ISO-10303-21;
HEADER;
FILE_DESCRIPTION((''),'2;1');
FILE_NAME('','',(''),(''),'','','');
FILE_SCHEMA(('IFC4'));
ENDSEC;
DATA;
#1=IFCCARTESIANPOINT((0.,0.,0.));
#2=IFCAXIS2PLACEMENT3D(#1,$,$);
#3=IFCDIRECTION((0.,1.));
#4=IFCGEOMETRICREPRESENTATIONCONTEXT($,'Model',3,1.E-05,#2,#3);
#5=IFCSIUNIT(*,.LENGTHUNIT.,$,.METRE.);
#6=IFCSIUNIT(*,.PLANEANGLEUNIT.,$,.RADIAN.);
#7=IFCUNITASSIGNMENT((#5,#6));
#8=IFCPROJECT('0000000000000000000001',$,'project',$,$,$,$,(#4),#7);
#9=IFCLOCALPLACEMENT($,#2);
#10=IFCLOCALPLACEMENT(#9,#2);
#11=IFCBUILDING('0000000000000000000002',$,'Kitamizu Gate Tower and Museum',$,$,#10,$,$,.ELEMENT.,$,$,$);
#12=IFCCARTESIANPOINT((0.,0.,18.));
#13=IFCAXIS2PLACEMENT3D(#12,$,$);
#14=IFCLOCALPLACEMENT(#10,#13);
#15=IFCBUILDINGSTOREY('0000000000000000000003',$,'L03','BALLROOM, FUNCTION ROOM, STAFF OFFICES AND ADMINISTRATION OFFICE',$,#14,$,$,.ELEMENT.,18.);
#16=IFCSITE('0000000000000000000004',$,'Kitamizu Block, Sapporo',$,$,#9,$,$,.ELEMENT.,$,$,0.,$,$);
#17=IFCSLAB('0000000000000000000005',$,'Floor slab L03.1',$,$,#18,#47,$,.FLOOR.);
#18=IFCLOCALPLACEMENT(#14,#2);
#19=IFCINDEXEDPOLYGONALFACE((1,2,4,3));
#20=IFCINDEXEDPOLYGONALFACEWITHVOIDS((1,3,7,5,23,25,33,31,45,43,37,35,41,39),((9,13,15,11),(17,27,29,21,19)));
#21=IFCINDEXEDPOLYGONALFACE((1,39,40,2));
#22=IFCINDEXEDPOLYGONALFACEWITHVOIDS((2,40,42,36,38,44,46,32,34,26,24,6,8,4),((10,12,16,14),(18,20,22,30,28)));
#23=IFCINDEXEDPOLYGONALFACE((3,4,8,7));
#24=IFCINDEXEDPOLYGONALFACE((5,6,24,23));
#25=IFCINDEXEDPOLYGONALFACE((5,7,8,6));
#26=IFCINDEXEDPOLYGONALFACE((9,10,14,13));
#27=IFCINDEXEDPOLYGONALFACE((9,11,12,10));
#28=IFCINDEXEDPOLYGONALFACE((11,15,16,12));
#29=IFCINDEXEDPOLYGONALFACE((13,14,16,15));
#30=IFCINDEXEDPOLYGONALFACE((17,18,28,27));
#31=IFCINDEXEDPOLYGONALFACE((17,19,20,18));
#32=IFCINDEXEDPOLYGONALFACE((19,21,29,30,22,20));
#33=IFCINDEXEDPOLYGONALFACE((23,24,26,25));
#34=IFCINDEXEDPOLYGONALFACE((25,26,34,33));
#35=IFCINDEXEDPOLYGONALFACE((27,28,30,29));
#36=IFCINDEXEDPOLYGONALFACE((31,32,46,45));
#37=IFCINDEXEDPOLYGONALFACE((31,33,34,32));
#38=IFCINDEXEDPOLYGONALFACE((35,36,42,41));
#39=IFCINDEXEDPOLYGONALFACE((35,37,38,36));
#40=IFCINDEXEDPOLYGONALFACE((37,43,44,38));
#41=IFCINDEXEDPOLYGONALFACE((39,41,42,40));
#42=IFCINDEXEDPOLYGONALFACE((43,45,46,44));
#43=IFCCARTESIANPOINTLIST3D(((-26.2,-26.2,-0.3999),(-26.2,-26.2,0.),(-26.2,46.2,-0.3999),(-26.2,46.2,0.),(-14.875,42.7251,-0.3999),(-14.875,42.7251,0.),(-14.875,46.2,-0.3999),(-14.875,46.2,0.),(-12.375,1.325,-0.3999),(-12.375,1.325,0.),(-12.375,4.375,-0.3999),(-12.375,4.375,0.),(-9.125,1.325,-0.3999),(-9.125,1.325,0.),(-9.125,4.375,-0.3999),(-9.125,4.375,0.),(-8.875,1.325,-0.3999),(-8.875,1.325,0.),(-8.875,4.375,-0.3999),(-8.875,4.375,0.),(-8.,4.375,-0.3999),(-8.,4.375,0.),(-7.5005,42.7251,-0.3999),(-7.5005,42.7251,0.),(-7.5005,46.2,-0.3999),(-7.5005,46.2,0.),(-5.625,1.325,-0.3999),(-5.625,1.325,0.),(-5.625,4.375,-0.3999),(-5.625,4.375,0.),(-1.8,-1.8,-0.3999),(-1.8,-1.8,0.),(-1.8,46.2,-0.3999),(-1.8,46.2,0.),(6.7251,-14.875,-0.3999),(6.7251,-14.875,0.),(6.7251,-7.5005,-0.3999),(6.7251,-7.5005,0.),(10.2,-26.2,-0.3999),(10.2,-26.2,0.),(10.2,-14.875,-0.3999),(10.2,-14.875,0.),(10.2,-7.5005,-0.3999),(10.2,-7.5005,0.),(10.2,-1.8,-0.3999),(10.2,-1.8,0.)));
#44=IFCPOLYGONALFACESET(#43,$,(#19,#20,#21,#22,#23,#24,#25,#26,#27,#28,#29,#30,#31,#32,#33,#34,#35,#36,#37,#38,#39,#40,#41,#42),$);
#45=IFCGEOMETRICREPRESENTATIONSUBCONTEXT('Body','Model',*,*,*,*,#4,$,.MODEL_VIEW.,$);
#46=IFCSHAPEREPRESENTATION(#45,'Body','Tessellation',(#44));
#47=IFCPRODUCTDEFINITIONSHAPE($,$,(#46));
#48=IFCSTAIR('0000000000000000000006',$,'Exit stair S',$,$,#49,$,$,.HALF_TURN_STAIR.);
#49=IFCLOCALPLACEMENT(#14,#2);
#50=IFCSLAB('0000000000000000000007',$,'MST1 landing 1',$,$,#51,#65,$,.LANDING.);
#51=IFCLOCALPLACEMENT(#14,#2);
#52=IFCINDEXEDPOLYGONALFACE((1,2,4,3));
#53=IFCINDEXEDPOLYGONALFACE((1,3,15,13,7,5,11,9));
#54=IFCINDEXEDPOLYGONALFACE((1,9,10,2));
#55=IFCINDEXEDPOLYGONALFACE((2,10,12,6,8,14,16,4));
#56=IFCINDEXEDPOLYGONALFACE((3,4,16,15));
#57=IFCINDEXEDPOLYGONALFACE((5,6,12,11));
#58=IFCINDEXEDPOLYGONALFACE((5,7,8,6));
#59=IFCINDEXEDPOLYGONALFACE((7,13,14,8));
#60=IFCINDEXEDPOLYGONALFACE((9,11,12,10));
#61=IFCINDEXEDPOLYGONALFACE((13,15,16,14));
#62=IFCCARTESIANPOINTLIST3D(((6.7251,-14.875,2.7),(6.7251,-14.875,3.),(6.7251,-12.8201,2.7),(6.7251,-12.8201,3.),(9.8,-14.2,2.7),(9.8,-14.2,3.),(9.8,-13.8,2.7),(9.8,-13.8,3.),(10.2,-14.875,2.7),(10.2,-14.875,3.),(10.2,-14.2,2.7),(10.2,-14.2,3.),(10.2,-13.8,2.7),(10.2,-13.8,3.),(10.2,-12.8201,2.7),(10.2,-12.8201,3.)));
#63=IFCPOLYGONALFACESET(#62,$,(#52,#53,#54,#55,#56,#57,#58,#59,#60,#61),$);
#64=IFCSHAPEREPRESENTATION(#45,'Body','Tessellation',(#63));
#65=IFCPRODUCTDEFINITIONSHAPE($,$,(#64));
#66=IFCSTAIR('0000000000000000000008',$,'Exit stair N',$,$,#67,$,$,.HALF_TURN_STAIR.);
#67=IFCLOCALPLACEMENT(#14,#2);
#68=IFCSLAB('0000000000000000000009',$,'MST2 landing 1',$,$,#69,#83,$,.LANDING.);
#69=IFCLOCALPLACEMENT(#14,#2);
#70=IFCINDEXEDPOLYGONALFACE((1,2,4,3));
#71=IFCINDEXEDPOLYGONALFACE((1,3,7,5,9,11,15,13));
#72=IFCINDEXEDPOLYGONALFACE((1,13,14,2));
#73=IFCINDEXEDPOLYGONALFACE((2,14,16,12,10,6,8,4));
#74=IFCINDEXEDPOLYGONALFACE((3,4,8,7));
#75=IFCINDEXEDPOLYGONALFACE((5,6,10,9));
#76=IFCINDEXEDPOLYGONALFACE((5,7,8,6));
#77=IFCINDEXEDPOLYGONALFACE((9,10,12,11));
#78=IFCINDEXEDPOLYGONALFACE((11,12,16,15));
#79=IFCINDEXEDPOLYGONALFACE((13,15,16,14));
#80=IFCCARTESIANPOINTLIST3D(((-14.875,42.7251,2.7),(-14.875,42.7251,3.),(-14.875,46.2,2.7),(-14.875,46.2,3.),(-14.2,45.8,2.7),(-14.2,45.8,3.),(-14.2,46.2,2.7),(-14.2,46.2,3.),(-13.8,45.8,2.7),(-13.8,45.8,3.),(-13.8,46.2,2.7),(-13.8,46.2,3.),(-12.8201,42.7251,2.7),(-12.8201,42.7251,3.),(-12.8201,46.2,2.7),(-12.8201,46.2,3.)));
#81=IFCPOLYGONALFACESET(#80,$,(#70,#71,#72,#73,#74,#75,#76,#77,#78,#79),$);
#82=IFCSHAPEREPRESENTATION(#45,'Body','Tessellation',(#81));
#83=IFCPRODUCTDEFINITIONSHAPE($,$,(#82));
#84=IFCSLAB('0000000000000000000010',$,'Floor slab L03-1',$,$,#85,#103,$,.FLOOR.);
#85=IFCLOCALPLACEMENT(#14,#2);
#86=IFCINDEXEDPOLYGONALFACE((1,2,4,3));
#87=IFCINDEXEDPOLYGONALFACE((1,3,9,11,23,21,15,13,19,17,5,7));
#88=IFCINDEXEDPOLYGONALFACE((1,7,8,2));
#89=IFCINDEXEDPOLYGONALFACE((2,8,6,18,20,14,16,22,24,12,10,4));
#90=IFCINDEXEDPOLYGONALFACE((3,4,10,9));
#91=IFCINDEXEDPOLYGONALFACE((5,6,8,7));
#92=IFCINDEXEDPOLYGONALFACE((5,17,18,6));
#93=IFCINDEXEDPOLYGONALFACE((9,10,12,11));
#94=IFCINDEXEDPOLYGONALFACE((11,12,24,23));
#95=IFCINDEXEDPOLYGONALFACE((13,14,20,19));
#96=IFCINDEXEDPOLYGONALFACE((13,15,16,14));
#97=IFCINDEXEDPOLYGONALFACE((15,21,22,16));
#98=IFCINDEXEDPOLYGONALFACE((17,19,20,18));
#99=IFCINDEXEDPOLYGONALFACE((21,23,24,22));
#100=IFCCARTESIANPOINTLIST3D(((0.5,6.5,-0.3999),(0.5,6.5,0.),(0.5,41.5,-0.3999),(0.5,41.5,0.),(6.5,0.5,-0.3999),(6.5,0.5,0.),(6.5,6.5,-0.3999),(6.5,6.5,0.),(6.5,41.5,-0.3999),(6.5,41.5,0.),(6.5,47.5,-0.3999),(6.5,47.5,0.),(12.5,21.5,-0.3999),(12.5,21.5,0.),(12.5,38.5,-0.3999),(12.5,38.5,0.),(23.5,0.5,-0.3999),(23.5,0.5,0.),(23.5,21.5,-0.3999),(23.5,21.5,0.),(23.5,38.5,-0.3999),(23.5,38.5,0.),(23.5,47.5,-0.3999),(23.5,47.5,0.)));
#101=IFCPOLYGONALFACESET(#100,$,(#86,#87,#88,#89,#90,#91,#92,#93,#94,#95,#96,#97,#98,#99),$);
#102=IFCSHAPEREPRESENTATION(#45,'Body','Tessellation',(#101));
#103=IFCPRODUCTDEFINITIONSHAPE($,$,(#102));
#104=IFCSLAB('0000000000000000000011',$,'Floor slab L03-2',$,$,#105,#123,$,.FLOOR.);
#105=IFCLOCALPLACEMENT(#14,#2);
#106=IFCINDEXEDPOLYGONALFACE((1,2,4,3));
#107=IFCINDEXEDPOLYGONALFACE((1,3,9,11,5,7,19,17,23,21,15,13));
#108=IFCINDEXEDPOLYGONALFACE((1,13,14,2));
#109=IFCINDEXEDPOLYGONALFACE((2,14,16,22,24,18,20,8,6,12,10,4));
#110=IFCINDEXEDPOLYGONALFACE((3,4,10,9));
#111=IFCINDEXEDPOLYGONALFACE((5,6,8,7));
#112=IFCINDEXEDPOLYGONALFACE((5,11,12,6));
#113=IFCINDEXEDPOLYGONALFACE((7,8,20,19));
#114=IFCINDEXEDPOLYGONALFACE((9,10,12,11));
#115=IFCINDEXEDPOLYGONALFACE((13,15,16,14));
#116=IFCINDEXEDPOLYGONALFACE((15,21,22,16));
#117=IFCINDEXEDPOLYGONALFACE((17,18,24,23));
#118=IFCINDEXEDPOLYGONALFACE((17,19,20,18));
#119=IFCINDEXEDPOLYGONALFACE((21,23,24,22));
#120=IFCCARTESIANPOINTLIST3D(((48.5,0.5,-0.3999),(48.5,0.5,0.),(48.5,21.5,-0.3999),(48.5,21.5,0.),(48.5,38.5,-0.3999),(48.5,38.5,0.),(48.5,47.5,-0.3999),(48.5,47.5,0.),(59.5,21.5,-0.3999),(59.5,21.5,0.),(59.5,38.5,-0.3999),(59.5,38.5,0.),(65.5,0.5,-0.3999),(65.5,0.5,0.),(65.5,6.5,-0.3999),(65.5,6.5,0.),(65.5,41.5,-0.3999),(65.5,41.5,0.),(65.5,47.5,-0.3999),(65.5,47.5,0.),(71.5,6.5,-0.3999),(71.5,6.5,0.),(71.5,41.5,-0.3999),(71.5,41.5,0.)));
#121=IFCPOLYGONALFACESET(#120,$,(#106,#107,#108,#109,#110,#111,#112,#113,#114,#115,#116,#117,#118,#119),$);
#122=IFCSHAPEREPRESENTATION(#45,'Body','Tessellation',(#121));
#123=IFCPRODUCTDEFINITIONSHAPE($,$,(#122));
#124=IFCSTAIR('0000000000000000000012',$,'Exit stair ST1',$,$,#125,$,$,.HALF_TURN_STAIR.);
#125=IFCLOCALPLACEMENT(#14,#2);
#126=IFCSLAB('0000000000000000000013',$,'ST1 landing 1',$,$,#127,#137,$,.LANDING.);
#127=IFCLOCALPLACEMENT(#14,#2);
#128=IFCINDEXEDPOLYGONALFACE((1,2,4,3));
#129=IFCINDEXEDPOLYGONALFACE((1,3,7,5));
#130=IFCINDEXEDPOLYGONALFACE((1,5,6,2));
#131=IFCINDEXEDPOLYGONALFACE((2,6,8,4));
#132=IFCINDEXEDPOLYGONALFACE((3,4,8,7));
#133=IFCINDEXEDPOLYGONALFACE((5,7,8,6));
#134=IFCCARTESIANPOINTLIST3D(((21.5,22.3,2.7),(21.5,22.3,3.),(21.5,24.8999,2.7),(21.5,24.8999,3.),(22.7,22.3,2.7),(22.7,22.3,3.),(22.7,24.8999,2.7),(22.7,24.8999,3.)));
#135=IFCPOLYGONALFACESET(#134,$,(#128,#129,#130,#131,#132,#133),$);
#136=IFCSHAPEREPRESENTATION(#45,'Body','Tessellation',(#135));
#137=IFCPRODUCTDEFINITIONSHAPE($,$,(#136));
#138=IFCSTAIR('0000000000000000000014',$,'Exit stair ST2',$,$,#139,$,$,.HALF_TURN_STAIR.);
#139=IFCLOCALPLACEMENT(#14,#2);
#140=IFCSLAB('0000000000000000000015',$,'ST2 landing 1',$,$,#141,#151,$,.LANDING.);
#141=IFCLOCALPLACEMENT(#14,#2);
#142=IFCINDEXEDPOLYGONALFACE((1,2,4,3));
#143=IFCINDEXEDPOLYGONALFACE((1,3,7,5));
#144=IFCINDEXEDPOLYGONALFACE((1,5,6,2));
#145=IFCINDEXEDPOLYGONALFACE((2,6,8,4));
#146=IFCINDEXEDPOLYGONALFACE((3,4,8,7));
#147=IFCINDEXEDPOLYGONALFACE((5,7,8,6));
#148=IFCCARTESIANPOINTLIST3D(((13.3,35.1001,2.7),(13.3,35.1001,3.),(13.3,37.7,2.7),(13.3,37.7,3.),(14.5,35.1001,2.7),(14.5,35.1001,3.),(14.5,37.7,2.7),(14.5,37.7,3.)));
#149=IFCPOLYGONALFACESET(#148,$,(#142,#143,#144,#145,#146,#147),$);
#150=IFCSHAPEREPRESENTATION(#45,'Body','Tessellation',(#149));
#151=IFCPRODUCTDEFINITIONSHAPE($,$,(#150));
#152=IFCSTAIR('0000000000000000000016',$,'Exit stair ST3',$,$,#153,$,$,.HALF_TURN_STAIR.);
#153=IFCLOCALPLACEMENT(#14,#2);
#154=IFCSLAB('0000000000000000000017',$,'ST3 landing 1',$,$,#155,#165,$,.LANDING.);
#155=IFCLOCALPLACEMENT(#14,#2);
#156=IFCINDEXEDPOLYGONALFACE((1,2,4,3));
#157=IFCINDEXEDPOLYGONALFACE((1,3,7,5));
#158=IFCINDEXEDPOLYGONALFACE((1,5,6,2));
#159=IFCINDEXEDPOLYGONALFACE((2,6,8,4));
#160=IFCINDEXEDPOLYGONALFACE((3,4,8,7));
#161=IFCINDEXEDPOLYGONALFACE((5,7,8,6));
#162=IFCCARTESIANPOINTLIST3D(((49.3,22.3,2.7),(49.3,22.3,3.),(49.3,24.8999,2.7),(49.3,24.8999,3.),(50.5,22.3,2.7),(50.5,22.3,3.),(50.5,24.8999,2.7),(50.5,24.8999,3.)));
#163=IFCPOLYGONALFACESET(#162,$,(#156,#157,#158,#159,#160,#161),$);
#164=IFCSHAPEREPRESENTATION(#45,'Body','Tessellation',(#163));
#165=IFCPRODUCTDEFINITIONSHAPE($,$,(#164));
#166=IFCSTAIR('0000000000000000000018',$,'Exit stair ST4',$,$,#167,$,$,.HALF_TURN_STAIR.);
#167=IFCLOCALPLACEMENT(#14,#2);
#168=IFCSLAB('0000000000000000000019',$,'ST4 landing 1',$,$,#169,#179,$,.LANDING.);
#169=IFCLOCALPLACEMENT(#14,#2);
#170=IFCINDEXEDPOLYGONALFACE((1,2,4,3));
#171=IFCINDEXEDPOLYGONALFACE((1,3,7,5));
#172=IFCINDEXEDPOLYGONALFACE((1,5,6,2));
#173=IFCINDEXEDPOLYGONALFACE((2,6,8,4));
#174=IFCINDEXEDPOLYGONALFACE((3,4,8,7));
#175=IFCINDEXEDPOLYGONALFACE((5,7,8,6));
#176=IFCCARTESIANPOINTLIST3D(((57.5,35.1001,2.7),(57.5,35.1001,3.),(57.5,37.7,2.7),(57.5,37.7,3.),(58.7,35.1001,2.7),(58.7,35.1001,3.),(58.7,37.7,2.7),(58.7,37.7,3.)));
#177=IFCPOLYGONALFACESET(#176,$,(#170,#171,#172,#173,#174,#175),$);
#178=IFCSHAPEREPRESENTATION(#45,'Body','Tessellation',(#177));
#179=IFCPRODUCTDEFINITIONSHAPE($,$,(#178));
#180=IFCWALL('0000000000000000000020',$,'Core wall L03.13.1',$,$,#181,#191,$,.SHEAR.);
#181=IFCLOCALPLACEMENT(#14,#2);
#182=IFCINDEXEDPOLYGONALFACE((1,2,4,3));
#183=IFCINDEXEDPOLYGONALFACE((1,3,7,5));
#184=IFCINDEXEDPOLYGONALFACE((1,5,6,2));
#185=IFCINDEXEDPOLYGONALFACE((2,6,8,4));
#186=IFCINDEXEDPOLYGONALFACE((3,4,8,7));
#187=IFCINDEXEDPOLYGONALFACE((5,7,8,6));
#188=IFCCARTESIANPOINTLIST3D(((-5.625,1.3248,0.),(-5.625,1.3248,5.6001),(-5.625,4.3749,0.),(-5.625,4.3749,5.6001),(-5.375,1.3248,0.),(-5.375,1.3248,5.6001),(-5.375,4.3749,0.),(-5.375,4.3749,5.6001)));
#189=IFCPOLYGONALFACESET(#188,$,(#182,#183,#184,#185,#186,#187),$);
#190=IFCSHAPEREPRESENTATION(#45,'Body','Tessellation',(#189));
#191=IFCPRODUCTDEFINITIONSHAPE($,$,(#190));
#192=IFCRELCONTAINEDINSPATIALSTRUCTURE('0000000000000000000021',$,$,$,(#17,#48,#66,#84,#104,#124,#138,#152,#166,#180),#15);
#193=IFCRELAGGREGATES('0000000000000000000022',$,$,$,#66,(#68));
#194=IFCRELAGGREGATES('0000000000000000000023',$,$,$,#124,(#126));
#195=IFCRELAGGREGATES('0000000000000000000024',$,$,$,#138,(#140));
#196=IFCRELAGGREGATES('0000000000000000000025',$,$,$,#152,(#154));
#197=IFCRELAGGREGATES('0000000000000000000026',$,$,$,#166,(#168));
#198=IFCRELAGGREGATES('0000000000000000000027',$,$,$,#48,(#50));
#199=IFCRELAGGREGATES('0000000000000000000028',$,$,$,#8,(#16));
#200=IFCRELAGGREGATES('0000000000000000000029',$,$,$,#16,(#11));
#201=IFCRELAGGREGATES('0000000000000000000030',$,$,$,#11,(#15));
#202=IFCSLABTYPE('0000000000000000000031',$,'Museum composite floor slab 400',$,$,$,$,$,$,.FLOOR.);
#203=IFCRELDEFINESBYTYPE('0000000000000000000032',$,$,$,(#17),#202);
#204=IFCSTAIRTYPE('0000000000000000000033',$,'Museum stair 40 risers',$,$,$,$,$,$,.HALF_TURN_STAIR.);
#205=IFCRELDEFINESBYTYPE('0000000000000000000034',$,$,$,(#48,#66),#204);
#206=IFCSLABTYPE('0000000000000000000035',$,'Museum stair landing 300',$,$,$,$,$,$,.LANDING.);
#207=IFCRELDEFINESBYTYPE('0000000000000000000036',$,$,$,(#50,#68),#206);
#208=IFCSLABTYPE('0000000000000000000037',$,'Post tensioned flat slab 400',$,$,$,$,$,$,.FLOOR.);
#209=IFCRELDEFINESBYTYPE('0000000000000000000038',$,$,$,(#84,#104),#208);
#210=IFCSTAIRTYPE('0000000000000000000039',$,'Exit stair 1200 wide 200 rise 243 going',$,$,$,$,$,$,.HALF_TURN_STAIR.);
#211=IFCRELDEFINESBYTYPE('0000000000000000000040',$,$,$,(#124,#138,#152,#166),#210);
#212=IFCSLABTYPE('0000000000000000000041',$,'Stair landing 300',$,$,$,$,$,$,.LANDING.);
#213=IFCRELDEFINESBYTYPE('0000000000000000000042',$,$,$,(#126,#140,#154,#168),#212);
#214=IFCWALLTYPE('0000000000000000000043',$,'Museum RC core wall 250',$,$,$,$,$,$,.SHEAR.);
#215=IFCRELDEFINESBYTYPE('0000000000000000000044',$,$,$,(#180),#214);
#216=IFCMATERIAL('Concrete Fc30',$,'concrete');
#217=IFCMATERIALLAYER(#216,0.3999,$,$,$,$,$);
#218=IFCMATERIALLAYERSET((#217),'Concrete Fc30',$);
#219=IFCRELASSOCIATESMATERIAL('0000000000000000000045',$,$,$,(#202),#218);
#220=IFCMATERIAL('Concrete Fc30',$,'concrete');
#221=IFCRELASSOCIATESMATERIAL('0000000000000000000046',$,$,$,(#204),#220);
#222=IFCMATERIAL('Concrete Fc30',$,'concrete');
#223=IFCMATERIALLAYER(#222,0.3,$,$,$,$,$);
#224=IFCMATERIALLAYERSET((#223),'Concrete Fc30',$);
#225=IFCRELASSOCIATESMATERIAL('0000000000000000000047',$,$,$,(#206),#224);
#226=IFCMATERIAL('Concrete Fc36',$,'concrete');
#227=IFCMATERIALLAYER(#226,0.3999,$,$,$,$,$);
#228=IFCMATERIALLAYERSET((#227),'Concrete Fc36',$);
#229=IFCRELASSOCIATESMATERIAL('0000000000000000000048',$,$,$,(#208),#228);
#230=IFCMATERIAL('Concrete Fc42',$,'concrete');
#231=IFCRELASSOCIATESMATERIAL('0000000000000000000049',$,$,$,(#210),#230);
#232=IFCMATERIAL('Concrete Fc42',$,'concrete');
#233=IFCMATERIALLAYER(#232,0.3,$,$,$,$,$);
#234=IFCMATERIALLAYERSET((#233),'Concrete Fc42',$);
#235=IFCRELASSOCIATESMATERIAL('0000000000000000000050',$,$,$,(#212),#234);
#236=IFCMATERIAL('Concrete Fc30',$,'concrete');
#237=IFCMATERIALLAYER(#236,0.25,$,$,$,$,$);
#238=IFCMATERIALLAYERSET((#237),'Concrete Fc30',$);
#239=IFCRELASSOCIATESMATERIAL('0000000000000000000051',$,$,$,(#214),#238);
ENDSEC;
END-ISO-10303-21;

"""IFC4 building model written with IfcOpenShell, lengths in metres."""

from ifc_helpers import new_model, si_unit, direction, frame, frame_2d, origin, place, context, subcontext, project, spatial, polyline, rectangle, outline, extrude, material, layer, layer_set, type_object, element, aggregate, save


model = new_model("IFC4")

# Units and contexts
model_context = context("Model", 3, precision=1e-05, world=origin(), true_north=direction((0.0, 1.0)))
body_context = subcontext(model_context, "Body", "Model", "MODEL_VIEW")
ifc_project = project(units=[si_unit("LENGTHUNIT", "METRE"), si_unit("PLANEANGLEUNIT", "RADIAN")], contexts=[model_context])

# Site, building, storey
site_placement = place(None, origin())
site = spatial("IfcSite", under=ifc_project, at=site_placement, Name="Kitamizu Block, Sapporo", CompositionType="ELEMENT", RefElevation=0.0)
building_placement = place(site_placement, origin())
building = spatial("IfcBuilding", under=site, at=building_placement, Name="Kitamizu Gate Tower and Museum", CompositionType="ELEMENT")
storey_placement = place(building_placement, frame((0.0, 0.0, 18.0)))
storey = spatial("IfcBuildingStorey", under=building, at=storey_placement, Name="L03", Description="BALLROOM, FUNCTION ROOM, STAFF OFFICES AND ADMINISTRATION OFFICE", CompositionType="ELEMENT", Elevation=18.0)

# Slab
ifc_material_1 = material(Name="Concrete Fc30", Category="concrete")
ifc_layer_1 = layer(ifc_material_1, 0.3999)
ifc_layer_set_1 = layer_set([ifc_layer_1], Name="Concrete Fc30")
slab_type_1 = type_object("IfcSlabType", Name="Museum composite floor slab 400", PredefinedType="FLOOR", material=ifc_layer_set_1)
slab_1_placement = place(storey_placement, frame((0.0, 0.0, -0.3999)))
element("IfcSlab", 1, at=slab_1_placement, inside=storey, type_object=slab_type_1, Name="Floor slab L03.1", PredefinedType="FLOOR", context=body_context, shape_type="SweptSolid", body=[
    extrude(outline(polyline([(-14.875, 46.2), (-14.875, 42.7251), (-7.5005, 42.7251), (-7.5005, 46.2), (-1.8, 46.2), (-1.8, -1.8), (10.2, -1.8), (10.2, -7.5005), (6.7251, -7.5005), (6.7251, -14.875), (10.2, -14.875), (10.2, -26.2), (-26.2, -26.2), (-26.2, 46.2), (-14.875, 46.2)]), holes=[polyline([(-8.875, 4.375), (-8.875, 1.325), (-5.625, 1.325), (-5.625, 4.375), (-8.0, 4.375), (-8.875, 4.375)]), polyline([(-9.125, 4.375), (-12.375, 4.375), (-12.375, 1.325), (-9.125, 1.325), (-9.125, 4.375)])]), origin(), (0.0, 0.0, 1.0), 0.3999),
])

# Stairs, slabs
ifc_material_2 = material(Name="Concrete Fc30", Category="concrete")
stair_type_1 = type_object("IfcStairType", Name="Museum stair 40 risers", PredefinedType="HALF_TURN_STAIR", material=ifc_material_2)
stair_1_placement = place(storey_placement, origin())
stair_1 = element("IfcStair", 2, at=stair_1_placement, inside=storey, type_object=stair_type_1, Name="Exit stair S", PredefinedType="HALF_TURN_STAIR")
ifc_material_3 = material(Name="Concrete Fc30", Category="concrete")
ifc_layer_2 = layer(ifc_material_3, 0.3)
ifc_layer_set_2 = layer_set([ifc_layer_2], Name="Concrete Fc30")
slab_type_2 = type_object("IfcSlabType", Name="Museum stair landing 300", PredefinedType="LANDING", material=ifc_layer_set_2)
slab_2_placement = place(storey_placement, frame((0.0, 0.0, 2.7)))
slab_2 = element("IfcSlab", 3, at=slab_2_placement, type_object=slab_type_2, Name="MST1 landing 1", PredefinedType="LANDING", context=body_context, shape_type="SweptSolid", body=[
    extrude(outline(polyline([(10.2, -14.875), (6.7251, -14.875), (6.7251, -12.8201), (10.2, -12.8201), (10.2, -13.8), (9.8, -13.8), (9.8, -14.2), (10.2, -14.2), (10.2, -14.875)])), origin(), (0.0, 0.0, 1.0), 0.3),
])
stair_2_placement = place(storey_placement, origin())
stair_2 = element("IfcStair", 4, at=stair_2_placement, inside=storey, type_object=stair_type_1, Name="Exit stair N", PredefinedType="HALF_TURN_STAIR")
slab_3_placement = place(storey_placement, frame((0.0, 0.0, 2.7)))
slab_3 = element("IfcSlab", 5, at=slab_3_placement, type_object=slab_type_2, Name="MST2 landing 1", PredefinedType="LANDING", context=body_context, shape_type="SweptSolid", body=[
    extrude(outline(polyline([(-12.8201, 46.2), (-12.8201, 42.7251), (-14.875, 42.7251), (-14.875, 46.2), (-14.2, 46.2), (-14.2, 45.8), (-13.8, 45.8), (-13.8, 46.2), (-12.8201, 46.2)])), origin(), (0.0, 0.0, 1.0), 0.3),
])
aggregate(stair_2, [slab_3])

# Slabs
ifc_material_4 = material(Name="Concrete Fc36", Category="concrete")
ifc_layer_3 = layer(ifc_material_4, 0.3999)
ifc_layer_set_3 = layer_set([ifc_layer_3], Name="Concrete Fc36")
slab_type_3 = type_object("IfcSlabType", Name="Post tensioned flat slab 400", PredefinedType="FLOOR", material=ifc_layer_set_3)
slab_4_placement = place(storey_placement, frame((0.0, 0.0, -0.3999)))
element("IfcSlab", 6, at=slab_4_placement, inside=storey, type_object=slab_type_3, Name="Floor slab L03-1", PredefinedType="FLOOR", context=body_context, shape_type="SweptSolid", body=[
    extrude(outline(polyline([(6.5, 47.5), (23.5, 47.5), (23.5, 38.5), (12.5, 38.5), (12.5, 21.5), (23.5, 21.5), (23.5, 0.5), (6.5, 0.5), (6.5, 6.5), (0.5, 6.5), (0.5, 41.5), (6.5, 41.5), (6.5, 47.5)])), origin(), (0.0, 0.0, 1.0), 0.3999),
])
slab_5_placement = place(storey_placement, frame((0.0, 0.0, -0.3999)))
element("IfcSlab", 7, at=slab_5_placement, inside=storey, type_object=slab_type_3, Name="Floor slab L03-2", PredefinedType="FLOOR", context=body_context, shape_type="SweptSolid", body=[
    extrude(outline(polyline([(71.5, 6.5), (65.5, 6.5), (65.5, 0.5), (48.5, 0.5), (48.5, 21.5), (59.5, 21.5), (59.5, 38.5), (48.5, 38.5), (48.5, 47.5), (65.5, 47.5), (65.5, 41.5), (71.5, 41.5), (71.5, 6.5)])), origin(), (0.0, 0.0, 1.0), 0.3999),
])

# Stairs, slabs
ifc_material_5 = material(Name="Concrete Fc42", Category="concrete")
stair_type_2 = type_object("IfcStairType", Name="Exit stair 1200 wide 200 rise 243 going", PredefinedType="HALF_TURN_STAIR", material=ifc_material_5)
stair_3_placement = place(storey_placement, origin())
stair_3 = element("IfcStair", 8, at=stair_3_placement, inside=storey, type_object=stair_type_2, Name="Exit stair ST1", PredefinedType="HALF_TURN_STAIR")
ifc_material_6 = material(Name="Concrete Fc42", Category="concrete")
ifc_layer_4 = layer(ifc_material_6, 0.3)
ifc_layer_set_4 = layer_set([ifc_layer_4], Name="Concrete Fc42")
slab_type_4 = type_object("IfcSlabType", Name="Stair landing 300", PredefinedType="LANDING", material=ifc_layer_set_4)
slab_6_placement = place(storey_placement, frame((0.0, 0.0, 2.7)))
slab_6 = element("IfcSlab", 9, at=slab_6_placement, type_object=slab_type_4, Name="ST1 landing 1", PredefinedType="LANDING", context=body_context, shape_type="SweptSolid", body=[
    extrude(outline(polyline([(21.5, 22.3), (22.7, 22.3), (22.7, 24.8999), (21.5, 24.8999), (21.5, 22.3)])), origin(), (0.0, 0.0, 1.0), 0.3),
])
aggregate(stair_3, [slab_6])
stair_4_placement = place(storey_placement, origin())
stair_4 = element("IfcStair", 10, at=stair_4_placement, inside=storey, type_object=stair_type_2, Name="Exit stair ST2", PredefinedType="HALF_TURN_STAIR")
slab_7_placement = place(storey_placement, frame((0.0, 0.0, 2.7)))
slab_7 = element("IfcSlab", 11, at=slab_7_placement, type_object=slab_type_4, Name="ST2 landing 1", PredefinedType="LANDING", context=body_context, shape_type="SweptSolid", body=[
    extrude(outline(polyline([(13.3, 35.1001), (14.5, 35.1001), (14.5, 37.7), (13.3, 37.7), (13.3, 35.1001)])), origin(), (0.0, 0.0, 1.0), 0.3),
])
aggregate(stair_4, [slab_7])
stair_5_placement = place(storey_placement, origin())
stair_5 = element("IfcStair", 12, at=stair_5_placement, inside=storey, type_object=stair_type_2, Name="Exit stair ST3", PredefinedType="HALF_TURN_STAIR")
slab_8_placement = place(storey_placement, frame((0.0, 0.0, 2.7)))
slab_8 = element("IfcSlab", 13, at=slab_8_placement, type_object=slab_type_4, Name="ST3 landing 1", PredefinedType="LANDING", context=body_context, shape_type="SweptSolid", body=[
    extrude(outline(polyline([(49.3, 22.3), (50.5, 22.3), (50.5, 24.8999), (49.3, 24.8999), (49.3, 22.3)])), origin(), (0.0, 0.0, 1.0), 0.3),
])
aggregate(stair_5, [slab_8])
stair_6_placement = place(storey_placement, origin())
stair_6 = element("IfcStair", 14, at=stair_6_placement, inside=storey, type_object=stair_type_2, Name="Exit stair ST4", PredefinedType="HALF_TURN_STAIR")
slab_9_placement = place(storey_placement, frame((0.0, 0.0, 2.7)))
slab_9 = element("IfcSlab", 15, at=slab_9_placement, type_object=slab_type_4, Name="ST4 landing 1", PredefinedType="LANDING", context=body_context, shape_type="SweptSolid", body=[
    extrude(outline(polyline([(57.5, 35.1001), (58.7, 35.1001), (58.7, 37.7), (57.5, 37.7), (57.5, 35.1001)])), origin(), (0.0, 0.0, 1.0), 0.3),
])
aggregate(stair_6, [slab_9])

# Wall
ifc_material_7 = material(Name="Concrete Fc30", Category="concrete")
ifc_layer_5 = layer(ifc_material_7, 0.25)
ifc_layer_set_5 = layer_set([ifc_layer_5], Name="Concrete Fc30")
wall_type_1 = type_object("IfcWallType", Name="Museum RC core wall 250", PredefinedType="SHEAR", material=ifc_layer_set_5)
wall_1_placement = place(storey_placement, frame((-5.5, 1.325, 0.0), z_axis=(0.0, 0.0, 1.0), x_axis=(0.0, 1.0, 0.0)))
element("IfcWall", 16, at=wall_1_placement, inside=storey, type_object=wall_type_1, Name="Core wall L03.13.1", PredefinedType="SHEAR", context=body_context, shape_type="SweptSolid", body=[
    extrude(rectangle(XDim=3.05, YDim=0.25, at=frame_2d((1.5249, 0.0))), origin(), (0.0, 0.0, 1.0), 5.6001),
])

aggregate(stair_1, [slab_2])

save(model, "model.ifc")
